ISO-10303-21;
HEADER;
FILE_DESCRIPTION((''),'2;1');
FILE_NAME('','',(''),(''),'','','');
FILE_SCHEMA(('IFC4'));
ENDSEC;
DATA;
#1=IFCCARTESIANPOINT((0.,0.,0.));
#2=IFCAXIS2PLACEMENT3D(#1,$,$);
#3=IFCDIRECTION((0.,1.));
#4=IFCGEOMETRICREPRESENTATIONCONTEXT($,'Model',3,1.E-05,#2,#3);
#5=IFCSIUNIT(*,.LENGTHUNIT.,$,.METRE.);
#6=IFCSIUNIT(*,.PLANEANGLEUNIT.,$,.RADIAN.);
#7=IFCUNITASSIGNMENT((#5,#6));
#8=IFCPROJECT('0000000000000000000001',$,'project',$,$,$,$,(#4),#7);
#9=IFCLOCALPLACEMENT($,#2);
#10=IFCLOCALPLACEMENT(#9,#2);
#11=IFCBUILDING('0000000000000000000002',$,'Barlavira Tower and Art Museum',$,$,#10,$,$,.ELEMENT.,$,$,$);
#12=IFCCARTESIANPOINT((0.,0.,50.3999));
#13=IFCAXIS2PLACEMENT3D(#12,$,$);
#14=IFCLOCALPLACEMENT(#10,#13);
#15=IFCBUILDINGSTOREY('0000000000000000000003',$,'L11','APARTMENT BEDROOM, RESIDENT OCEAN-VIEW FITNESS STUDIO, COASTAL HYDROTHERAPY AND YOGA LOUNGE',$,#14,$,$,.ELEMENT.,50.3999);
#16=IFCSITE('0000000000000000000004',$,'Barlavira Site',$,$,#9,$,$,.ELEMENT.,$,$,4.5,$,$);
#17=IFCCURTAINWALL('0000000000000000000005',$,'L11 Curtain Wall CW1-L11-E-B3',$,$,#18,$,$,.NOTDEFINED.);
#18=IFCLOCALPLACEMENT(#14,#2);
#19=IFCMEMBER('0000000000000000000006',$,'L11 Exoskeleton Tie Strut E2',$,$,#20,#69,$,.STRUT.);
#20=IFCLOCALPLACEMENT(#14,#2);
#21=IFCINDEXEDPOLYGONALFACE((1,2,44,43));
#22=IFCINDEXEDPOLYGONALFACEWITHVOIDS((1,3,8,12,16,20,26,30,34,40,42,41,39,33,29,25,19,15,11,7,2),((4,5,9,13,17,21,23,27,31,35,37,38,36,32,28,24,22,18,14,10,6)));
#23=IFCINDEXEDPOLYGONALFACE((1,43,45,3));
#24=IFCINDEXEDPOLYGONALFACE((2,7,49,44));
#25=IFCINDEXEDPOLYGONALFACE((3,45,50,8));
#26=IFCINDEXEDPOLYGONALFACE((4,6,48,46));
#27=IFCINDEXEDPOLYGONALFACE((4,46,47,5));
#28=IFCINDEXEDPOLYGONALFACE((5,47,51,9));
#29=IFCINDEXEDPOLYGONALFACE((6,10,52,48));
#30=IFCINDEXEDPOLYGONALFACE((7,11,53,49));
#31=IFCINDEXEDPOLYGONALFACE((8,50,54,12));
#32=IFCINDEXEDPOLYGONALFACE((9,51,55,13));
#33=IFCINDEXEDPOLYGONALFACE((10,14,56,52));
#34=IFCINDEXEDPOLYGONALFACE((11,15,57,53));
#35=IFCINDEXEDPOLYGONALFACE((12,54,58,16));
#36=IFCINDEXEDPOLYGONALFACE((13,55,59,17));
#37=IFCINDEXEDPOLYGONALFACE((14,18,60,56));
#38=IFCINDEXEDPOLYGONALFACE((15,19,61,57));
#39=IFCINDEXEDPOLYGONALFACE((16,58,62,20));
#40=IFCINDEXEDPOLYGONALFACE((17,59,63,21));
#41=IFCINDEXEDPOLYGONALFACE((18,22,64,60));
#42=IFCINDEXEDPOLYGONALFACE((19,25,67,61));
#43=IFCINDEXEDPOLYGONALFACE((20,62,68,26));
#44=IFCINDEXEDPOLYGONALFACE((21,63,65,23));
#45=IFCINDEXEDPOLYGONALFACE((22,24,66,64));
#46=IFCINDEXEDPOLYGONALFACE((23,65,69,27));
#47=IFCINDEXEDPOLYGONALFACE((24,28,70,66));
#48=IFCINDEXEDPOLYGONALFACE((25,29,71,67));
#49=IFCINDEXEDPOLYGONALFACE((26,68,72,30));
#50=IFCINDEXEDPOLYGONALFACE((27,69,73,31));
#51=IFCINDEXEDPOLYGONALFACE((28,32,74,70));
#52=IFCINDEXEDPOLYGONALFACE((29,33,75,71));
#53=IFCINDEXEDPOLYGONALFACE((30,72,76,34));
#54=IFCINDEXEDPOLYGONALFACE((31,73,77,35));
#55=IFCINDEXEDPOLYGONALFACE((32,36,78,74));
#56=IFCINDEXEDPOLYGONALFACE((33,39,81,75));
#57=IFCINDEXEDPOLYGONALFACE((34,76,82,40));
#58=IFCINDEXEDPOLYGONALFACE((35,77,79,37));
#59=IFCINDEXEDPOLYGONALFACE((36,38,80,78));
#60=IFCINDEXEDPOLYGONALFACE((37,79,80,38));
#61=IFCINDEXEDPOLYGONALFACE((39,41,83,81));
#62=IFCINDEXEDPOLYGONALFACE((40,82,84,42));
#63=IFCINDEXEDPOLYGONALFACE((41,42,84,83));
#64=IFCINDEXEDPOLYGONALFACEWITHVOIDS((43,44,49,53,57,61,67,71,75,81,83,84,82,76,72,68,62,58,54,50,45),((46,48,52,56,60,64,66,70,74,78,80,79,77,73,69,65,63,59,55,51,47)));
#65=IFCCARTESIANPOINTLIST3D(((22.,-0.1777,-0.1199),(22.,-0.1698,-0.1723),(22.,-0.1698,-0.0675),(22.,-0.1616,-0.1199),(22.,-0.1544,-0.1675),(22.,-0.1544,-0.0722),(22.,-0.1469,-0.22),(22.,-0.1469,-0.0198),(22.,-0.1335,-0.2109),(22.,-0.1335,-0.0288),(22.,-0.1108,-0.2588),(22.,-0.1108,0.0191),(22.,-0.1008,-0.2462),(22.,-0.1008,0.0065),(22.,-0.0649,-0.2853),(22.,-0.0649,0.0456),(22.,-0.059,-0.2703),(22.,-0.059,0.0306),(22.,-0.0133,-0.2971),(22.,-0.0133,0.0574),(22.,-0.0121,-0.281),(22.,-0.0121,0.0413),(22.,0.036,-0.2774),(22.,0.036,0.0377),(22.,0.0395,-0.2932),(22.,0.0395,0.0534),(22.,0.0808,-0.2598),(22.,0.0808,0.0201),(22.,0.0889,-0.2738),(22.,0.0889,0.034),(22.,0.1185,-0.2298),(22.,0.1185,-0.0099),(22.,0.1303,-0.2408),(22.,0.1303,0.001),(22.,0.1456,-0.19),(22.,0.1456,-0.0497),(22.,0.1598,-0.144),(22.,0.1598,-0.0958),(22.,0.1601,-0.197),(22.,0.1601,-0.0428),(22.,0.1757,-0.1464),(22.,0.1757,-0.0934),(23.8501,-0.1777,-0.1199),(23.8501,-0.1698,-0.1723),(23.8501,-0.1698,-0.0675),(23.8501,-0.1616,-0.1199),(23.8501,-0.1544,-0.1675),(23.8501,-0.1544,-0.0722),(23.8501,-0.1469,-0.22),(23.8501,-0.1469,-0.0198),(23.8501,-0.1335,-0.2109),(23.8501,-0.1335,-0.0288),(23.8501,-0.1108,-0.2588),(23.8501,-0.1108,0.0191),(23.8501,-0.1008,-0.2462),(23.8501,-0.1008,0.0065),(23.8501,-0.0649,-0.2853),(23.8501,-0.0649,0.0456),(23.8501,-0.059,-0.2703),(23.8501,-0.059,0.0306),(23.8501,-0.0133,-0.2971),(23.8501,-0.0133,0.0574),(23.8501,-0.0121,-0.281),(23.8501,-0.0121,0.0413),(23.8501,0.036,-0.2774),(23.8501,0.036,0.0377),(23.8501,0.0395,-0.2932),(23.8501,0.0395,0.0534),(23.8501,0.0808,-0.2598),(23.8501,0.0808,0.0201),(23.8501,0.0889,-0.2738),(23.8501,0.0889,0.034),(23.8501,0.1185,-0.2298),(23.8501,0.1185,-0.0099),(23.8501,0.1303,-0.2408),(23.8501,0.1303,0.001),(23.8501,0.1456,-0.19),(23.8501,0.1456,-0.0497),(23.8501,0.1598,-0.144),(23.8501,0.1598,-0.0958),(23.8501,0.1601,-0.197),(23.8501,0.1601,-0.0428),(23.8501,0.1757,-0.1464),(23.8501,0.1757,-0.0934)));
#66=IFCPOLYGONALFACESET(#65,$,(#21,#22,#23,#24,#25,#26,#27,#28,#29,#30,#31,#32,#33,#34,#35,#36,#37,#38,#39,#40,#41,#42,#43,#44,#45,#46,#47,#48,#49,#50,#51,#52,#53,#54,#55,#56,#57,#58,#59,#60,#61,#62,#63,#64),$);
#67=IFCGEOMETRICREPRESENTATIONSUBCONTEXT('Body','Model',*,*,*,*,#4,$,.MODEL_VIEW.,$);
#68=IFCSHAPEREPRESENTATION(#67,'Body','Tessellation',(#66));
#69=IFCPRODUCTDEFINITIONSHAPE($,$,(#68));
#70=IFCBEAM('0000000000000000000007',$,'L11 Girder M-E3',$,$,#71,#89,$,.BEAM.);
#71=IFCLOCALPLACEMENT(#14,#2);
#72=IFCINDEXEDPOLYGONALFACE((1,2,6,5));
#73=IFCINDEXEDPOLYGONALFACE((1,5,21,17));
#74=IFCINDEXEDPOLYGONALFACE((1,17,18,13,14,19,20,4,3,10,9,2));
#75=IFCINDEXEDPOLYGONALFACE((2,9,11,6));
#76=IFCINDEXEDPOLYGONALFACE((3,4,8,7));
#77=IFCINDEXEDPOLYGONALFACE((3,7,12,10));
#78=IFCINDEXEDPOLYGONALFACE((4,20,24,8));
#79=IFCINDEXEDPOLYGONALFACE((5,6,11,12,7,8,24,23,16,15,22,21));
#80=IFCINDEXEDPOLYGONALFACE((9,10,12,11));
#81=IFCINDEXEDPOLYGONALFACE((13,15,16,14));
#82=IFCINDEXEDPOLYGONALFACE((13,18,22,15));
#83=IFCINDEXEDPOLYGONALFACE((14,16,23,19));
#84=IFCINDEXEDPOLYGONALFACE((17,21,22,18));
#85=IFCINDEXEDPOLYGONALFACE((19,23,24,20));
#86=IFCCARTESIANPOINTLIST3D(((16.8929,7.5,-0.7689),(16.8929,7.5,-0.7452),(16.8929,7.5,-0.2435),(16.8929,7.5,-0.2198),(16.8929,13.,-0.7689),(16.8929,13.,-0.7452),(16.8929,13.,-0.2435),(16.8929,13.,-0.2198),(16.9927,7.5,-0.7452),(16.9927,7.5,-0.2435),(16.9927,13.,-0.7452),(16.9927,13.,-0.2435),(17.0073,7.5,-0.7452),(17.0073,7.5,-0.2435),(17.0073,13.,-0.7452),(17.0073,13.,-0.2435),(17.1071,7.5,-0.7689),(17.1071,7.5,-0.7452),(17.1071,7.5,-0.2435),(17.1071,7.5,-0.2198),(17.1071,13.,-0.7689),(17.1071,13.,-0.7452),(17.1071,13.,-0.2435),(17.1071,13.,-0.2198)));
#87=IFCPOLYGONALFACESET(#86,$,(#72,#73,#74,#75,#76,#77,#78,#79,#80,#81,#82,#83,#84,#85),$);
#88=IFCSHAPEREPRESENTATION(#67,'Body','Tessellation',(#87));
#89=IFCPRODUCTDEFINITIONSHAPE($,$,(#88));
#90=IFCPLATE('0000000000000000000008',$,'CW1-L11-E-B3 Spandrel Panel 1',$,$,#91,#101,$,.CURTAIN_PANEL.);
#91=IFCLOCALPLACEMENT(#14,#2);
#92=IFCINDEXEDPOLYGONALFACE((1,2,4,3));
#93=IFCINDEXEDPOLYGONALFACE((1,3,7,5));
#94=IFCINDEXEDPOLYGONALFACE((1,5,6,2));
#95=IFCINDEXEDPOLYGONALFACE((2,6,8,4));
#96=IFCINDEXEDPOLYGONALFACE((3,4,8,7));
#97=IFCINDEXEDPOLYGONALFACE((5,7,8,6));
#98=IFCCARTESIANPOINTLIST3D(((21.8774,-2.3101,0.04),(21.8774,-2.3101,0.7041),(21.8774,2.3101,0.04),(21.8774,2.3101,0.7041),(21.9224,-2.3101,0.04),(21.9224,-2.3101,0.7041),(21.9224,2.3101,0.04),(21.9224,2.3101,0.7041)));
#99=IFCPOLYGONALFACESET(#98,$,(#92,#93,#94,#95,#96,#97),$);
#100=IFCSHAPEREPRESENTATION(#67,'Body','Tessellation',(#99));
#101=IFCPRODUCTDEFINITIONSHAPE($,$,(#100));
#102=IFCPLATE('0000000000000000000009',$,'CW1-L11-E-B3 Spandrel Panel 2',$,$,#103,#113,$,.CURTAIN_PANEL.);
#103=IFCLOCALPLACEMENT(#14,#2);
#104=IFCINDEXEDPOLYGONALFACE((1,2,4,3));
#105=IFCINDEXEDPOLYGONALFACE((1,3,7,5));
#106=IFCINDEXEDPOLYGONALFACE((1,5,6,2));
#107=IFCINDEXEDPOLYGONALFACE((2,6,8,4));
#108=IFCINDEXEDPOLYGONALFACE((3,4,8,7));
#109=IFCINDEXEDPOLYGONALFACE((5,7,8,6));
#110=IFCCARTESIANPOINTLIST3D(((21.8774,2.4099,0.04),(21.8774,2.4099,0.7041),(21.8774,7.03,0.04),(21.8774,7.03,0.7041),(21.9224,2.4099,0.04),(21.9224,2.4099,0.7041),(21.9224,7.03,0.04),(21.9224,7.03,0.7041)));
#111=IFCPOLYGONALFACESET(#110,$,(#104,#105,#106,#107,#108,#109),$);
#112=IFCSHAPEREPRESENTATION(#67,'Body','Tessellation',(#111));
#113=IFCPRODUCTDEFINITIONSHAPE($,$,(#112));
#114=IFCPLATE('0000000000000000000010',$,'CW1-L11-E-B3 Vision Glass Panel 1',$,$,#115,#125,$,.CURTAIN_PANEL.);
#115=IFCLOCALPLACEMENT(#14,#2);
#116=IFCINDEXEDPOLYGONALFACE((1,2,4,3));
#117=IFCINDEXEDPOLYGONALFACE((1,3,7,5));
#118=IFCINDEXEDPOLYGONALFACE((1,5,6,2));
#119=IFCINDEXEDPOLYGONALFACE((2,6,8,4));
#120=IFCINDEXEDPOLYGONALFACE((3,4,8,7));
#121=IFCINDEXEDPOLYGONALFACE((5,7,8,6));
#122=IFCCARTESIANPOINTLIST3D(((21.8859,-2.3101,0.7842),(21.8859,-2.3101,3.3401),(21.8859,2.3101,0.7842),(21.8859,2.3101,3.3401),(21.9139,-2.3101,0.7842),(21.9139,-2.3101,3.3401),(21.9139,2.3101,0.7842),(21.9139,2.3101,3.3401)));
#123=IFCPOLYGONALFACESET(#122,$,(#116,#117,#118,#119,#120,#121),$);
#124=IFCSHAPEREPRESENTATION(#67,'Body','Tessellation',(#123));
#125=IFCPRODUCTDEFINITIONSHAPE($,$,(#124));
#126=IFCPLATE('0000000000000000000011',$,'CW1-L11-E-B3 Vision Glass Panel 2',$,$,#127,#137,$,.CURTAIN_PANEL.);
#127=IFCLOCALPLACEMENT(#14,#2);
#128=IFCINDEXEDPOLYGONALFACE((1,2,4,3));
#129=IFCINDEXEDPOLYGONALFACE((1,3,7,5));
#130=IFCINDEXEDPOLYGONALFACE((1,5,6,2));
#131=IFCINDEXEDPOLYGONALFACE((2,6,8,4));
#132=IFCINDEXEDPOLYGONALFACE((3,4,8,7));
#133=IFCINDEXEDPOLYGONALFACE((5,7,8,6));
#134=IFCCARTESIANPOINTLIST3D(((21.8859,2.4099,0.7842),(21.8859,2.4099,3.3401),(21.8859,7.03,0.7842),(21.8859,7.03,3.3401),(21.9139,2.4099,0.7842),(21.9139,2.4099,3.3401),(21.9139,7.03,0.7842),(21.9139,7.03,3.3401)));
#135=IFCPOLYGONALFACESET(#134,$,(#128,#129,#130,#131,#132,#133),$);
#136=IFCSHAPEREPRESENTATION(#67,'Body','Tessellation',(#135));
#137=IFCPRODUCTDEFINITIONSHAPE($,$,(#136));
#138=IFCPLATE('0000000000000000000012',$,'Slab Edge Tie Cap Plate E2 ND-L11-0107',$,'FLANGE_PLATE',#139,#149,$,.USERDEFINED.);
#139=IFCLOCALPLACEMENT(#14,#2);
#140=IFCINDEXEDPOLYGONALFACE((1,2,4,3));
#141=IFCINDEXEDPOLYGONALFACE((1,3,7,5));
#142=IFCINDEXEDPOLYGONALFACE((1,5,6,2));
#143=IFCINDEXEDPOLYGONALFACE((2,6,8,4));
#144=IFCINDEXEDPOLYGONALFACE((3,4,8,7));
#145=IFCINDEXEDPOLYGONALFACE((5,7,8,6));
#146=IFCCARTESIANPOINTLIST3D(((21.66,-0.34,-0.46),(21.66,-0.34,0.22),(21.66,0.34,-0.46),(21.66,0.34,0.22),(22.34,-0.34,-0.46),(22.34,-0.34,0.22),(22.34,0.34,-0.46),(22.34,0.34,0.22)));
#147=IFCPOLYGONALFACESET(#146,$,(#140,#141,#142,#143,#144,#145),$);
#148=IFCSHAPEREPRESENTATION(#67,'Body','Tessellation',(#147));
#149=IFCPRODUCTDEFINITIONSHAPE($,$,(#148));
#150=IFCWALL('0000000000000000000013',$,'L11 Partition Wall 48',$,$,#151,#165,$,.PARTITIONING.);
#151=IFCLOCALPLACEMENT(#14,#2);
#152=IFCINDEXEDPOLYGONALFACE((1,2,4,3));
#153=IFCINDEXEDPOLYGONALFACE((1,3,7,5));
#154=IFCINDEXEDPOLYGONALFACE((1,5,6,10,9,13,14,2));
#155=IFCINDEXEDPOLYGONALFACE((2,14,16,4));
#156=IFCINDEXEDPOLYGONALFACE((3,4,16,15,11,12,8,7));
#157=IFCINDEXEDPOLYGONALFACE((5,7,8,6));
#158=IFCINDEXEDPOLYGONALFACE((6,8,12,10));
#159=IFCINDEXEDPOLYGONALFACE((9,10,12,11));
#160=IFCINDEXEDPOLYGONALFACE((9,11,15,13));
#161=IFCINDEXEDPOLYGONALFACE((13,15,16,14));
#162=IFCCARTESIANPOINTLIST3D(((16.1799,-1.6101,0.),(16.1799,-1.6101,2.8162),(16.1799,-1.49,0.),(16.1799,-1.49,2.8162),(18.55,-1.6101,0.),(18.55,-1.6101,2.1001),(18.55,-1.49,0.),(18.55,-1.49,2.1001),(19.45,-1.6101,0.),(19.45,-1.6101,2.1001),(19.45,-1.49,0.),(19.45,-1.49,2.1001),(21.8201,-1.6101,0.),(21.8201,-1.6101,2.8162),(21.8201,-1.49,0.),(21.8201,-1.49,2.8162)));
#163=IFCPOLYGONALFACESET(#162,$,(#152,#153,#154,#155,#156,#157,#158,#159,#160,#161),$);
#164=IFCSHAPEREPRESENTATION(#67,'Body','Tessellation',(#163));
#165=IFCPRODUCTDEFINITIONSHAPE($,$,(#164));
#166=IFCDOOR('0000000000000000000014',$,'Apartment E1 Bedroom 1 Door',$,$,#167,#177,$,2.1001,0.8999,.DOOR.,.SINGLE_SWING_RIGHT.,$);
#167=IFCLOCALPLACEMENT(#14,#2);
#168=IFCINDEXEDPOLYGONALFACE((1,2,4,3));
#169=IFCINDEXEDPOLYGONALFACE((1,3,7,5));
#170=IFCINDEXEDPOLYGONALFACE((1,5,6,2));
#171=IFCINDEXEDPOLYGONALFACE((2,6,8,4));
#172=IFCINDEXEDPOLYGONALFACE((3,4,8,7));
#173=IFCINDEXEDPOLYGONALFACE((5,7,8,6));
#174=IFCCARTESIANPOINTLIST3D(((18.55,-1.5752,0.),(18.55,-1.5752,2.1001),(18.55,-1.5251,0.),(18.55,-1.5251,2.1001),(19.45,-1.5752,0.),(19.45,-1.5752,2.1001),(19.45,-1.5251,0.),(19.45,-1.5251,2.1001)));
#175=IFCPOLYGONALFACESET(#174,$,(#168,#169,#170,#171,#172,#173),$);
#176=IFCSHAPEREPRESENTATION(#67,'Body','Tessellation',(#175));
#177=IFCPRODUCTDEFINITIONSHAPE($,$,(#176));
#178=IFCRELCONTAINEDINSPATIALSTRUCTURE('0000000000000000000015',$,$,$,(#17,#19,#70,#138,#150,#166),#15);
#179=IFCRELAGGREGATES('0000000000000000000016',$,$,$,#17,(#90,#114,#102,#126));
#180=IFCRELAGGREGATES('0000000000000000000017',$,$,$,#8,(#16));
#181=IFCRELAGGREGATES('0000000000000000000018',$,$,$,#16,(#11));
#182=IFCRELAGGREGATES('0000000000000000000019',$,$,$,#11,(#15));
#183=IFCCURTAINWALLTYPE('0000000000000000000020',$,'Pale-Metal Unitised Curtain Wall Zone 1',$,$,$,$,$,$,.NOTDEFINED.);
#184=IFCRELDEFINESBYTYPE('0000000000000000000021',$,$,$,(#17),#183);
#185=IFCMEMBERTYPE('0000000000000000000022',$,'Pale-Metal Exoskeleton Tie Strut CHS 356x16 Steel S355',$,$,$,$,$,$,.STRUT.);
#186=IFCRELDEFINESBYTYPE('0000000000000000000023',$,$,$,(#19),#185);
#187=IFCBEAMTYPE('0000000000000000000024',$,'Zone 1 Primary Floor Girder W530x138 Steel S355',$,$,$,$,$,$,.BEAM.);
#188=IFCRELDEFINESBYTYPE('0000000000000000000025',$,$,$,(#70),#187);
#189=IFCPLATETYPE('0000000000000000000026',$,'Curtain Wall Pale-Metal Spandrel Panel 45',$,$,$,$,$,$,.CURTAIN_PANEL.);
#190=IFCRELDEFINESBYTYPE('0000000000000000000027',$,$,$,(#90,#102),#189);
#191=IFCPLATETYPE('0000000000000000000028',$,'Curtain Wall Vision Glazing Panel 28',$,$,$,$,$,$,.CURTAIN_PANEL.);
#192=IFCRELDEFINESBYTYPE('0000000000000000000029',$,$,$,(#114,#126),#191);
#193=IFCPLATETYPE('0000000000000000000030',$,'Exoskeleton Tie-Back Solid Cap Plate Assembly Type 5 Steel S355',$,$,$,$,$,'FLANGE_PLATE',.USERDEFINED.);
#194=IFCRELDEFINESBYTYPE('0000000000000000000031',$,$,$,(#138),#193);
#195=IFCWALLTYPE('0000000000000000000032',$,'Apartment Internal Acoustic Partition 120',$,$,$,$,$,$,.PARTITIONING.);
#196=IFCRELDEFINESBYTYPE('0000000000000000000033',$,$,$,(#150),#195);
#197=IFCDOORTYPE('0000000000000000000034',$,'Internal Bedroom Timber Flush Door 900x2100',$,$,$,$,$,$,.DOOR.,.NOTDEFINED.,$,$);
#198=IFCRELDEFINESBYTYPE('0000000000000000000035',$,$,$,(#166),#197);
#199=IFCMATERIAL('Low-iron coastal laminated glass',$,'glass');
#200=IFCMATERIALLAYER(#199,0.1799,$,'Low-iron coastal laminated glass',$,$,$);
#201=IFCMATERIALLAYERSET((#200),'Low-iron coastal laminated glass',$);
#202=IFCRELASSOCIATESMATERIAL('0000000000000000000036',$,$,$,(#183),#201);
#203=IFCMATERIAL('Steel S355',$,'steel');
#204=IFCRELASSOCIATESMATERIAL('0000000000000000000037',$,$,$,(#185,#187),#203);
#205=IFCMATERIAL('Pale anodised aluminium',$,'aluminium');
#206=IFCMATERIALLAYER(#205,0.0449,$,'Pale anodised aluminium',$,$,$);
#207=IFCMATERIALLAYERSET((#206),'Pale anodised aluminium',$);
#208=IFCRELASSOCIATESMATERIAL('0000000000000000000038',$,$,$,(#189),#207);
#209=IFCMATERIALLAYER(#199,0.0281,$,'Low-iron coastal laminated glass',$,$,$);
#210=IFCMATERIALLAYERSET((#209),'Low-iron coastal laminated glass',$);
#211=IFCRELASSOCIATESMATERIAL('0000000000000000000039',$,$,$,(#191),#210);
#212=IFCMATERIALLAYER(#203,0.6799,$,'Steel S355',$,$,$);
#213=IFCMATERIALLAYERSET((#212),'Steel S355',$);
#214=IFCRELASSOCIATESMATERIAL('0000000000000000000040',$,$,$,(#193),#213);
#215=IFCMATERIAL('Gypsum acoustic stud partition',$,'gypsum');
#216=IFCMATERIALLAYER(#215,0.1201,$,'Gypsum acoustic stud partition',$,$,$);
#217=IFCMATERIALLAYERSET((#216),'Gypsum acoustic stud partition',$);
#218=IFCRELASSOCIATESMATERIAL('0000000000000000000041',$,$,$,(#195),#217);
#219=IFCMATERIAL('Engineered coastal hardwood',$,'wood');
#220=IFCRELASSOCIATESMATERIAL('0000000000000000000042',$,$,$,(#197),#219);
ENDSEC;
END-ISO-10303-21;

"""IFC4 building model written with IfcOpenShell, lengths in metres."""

from ifc_helpers import new_model, si_unit, direction, frame, frame_2d, origin, origin_2d, place, context, subcontext, project, spatial, rectangle, hollow_circle, i_section, extrude, material, layer, layer_set, material_profile, profile_set, type_object, element, fill, aggregate, save


model = new_model("IFC4")

# Units and contexts
model_context = context("Model", 3, precision=1e-05, world=origin(), true_north=direction((0.0, 1.0)))
body_context = subcontext(model_context, "Body", "Model", "MODEL_VIEW")
ifc_project = project(units=[si_unit("LENGTHUNIT", "METRE"), si_unit("PLANEANGLEUNIT", "RADIAN")], contexts=[model_context])

# Site, building, storey
site_placement = place(None, origin())
site = spatial("IfcSite", under=ifc_project, at=site_placement, Name="Barlavira Site", CompositionType="ELEMENT", RefElevation=4.5)
building_placement = place(site_placement, origin())
building = spatial("IfcBuilding", under=site, at=building_placement, Name="Barlavira Tower and Art Museum", CompositionType="ELEMENT")
storey_placement = place(building_placement, frame((0.0, 0.0, 50.3999)))
storey = spatial("IfcBuildingStorey", under=building, at=storey_placement, Name="L11", Description="APARTMENT BEDROOM, RESIDENT OCEAN-VIEW FITNESS STUDIO, COASTAL HYDROTHERAPY AND YOGA LOUNGE", CompositionType="ELEMENT", Elevation=50.3999)

# Curtain wall
ifc_material_1 = material(Name="Low-iron coastal laminated glass", Category="glass")
ifc_layer_1 = layer(ifc_material_1, 0.1799, Name="Low-iron coastal laminated glass")
ifc_layer_set_1 = layer_set([ifc_layer_1], Name="Low-iron coastal laminated glass")
curtain_wall_type = type_object("IfcCurtainWallType", Name="Pale-Metal Unitised Curtain Wall Zone 1", PredefinedType="NOTDEFINED", material=ifc_layer_set_1)
curtain_wall_placement = place(storey_placement, origin())
curtain_wall = element("IfcCurtainWall", 1, at=curtain_wall_placement, inside=storey, type_object=curtain_wall_type, Name="L11 Curtain Wall CW1-L11-E-B3", PredefinedType="NOTDEFINED")
ifc_material_2 = material(Name="Pale anodised aluminium", Category="aluminium")

# Member
ifc_material_3 = material(Name="Steel S355", Category="steel")
ifc_material_profile_1 = material_profile(ifc_material_3, hollow_circle(Radius=0.1777, WallThickness=0.0161, at=origin_2d()), Name="CHS 355.6x16.0")
ifc_profile_set_1 = profile_set([ifc_material_profile_1], Name="Steel S355")
member_type_1 = type_object("IfcMemberType", Name="Pale-Metal Exoskeleton Tie Strut CHS 356x16 Steel S355", PredefinedType="STRUT", material=ifc_profile_set_1)
member_1_placement = place(storey_placement, frame((23.8501, 0.0, -0.1199), z_axis=(-1.0, 0.0, 0.0), x_axis=(0.0, -1.0, 0.0)))
element("IfcMember", 2, at=member_1_placement, inside=storey, type_object=member_type_1, Name="L11 Exoskeleton Tie Strut E2", PredefinedType="STRUT", context=body_context, shape_type="SweptSolid", body=[
    extrude(hollow_circle(Radius=0.1777, WallThickness=0.0161, at=origin_2d()), origin(), (0.0, 0.0, 1.0), 1.8501),
])

# Beam
ifc_material_profile_2 = material_profile(ifc_material_3, i_section(OverallWidth=0.2141, OverallDepth=0.5491, WebThickness=0.0146, FlangeThickness=0.0237, at=origin_2d()), Name="W530x138.0")
ifc_profile_set_2 = profile_set([ifc_material_profile_2], Name="Steel S355")
beam_type = type_object("IfcBeamType", Name="Zone 1 Primary Floor Girder W530x138 Steel S355", PredefinedType="BEAM", material=ifc_profile_set_2)
beam_placement = place(storey_placement, frame((17.0, 7.5, -0.4944), z_axis=(0.0, 1.0, 0.0), x_axis=(-1.0, 0.0, 0.0)))
element("IfcBeam", 3, at=beam_placement, inside=storey, type_object=beam_type, Name="L11 Girder M-E3", PredefinedType="BEAM", context=body_context, shape_type="SweptSolid", body=[
    extrude(i_section(OverallWidth=0.2141, OverallDepth=0.5491, WebThickness=0.0146, FlangeThickness=0.0237, at=origin_2d()), origin(), (0.0, 0.0, 1.0), 5.5),
])

# Plates
ifc_layer_2 = layer(ifc_material_2, 0.0449, Name="Pale anodised aluminium")
ifc_layer_set_2 = layer_set([ifc_layer_2], Name="Pale anodised aluminium")
plate_type_1 = type_object("IfcPlateType", Name="Curtain Wall Pale-Metal Spandrel Panel 45", PredefinedType="CURTAIN_PANEL", material=ifc_layer_set_2)
plate_1_placement = place(storey_placement, frame((21.8999, 0.0, 0.04), z_axis=(0.0, 0.0, 1.0), x_axis=(0.0, 1.0, 0.0)))
plate_1 = element("IfcPlate", 4, at=plate_1_placement, type_object=plate_type_1, Name="CW1-L11-E-B3 Spandrel Panel 1", PredefinedType="CURTAIN_PANEL", context=body_context, shape_type="SweptSolid", body=[
    extrude(rectangle(XDim=4.6201, YDim=0.0449, at=origin_2d()), origin(), (0.0, 0.0, 1.0), 0.6641),
])
plate_2_placement = place(storey_placement, frame((21.8999, 4.72, 0.04), z_axis=(0.0, 0.0, 1.0), x_axis=(0.0, 1.0, 0.0)))
plate_2 = element("IfcPlate", 5, at=plate_2_placement, type_object=plate_type_1, Name="CW1-L11-E-B3 Spandrel Panel 2", PredefinedType="CURTAIN_PANEL", context=body_context, shape_type="SweptSolid", body=[
    extrude(rectangle(XDim=4.6201, YDim=0.0449, at=origin_2d()), origin(), (0.0, 0.0, 1.0), 0.6641),
])
ifc_layer_3 = layer(ifc_material_1, 0.0281, Name="Low-iron coastal laminated glass")
ifc_layer_set_3 = layer_set([ifc_layer_3], Name="Low-iron coastal laminated glass")
plate_type_2 = type_object("IfcPlateType", Name="Curtain Wall Vision Glazing Panel 28", PredefinedType="CURTAIN_PANEL", material=ifc_layer_set_3)
plate_3_placement = place(storey_placement, frame((21.8999, 0.0, 0.7842), z_axis=(0.0, 0.0, 1.0), x_axis=(0.0, 1.0, 0.0)))
plate_3 = element("IfcPlate", 6, at=plate_3_placement, type_object=plate_type_2, Name="CW1-L11-E-B3 Vision Glass Panel 1", PredefinedType="CURTAIN_PANEL", context=body_context, shape_type="SweptSolid", body=[
    extrude(rectangle(XDim=4.6201, YDim=0.0281, at=origin_2d()), origin(), (0.0, 0.0, 1.0), 2.5559),
])
plate_4_placement = place(storey_placement, frame((21.8999, 4.72, 0.7842), z_axis=(0.0, 0.0, 1.0), x_axis=(0.0, 1.0, 0.0)))
plate_4 = element("IfcPlate", 7, at=plate_4_placement, type_object=plate_type_2, Name="CW1-L11-E-B3 Vision Glass Panel 2", PredefinedType="CURTAIN_PANEL", context=body_context, shape_type="SweptSolid", body=[
    extrude(rectangle(XDim=4.6201, YDim=0.0281, at=origin_2d()), origin(), (0.0, 0.0, 1.0), 2.5559),
])
aggregate(curtain_wall, [plate_1, plate_3, plate_2, plate_4])
ifc_layer_4 = layer(ifc_material_3, 0.6799, Name="Steel S355")
ifc_layer_set_4 = layer_set([ifc_layer_4], Name="Steel S355")
plate_type_3 = type_object("IfcPlateType", Name="Exoskeleton Tie-Back Solid Cap Plate Assembly Type 5 Steel S355", ElementType="FLANGE_PLATE", PredefinedType="USERDEFINED", material=ifc_layer_set_4)
plate_5_placement = place(storey_placement, frame((22.0, 0.0, -0.46), z_axis=(0.0, 0.0, 1.0), x_axis=(1.0, 0.0, 0.0)))
element("IfcPlate", 8, at=plate_5_placement, inside=storey, type_object=plate_type_3, Name="Slab Edge Tie Cap Plate E2 ND-L11-0107", ObjectType="FLANGE_PLATE", PredefinedType="USERDEFINED", context=body_context, shape_type="SweptSolid", body=[
    extrude(rectangle(XDim=0.6799, YDim=0.6799, at=origin_2d()), origin(), (0.0, 0.0, 1.0), 0.6799),
])

# Wall, opening, door
ifc_material_4 = material(Name="Gypsum acoustic stud partition", Category="gypsum")
ifc_layer_5 = layer(ifc_material_4, 0.1201, Name="Gypsum acoustic stud partition")
ifc_layer_set_5 = layer_set([ifc_layer_5], Name="Gypsum acoustic stud partition")
wall_type_1 = type_object("IfcWallType", Name="Apartment Internal Acoustic Partition 120", PredefinedType="PARTITIONING", material=ifc_layer_set_5)
wall_1_placement = place(storey_placement, frame((16.1799, -1.55, 0.0), z_axis=(0.0, 0.0, 1.0), x_axis=(1.0, 0.0, 0.0)))
wall_1 = element("IfcWall", 9, at=wall_1_placement, inside=storey, type_object=wall_type_1, Name="L11 Partition Wall 48", PredefinedType="PARTITIONING", context=body_context, shape_type="SweptSolid", body=[
    extrude(rectangle(XDim=5.6401, YDim=0.1201, at=frame_2d((2.8201, 0.0))), origin(), (0.0, 0.0, 1.0), 2.8162),
])
opening_1_placement = place(wall_1_placement, frame((2.3701, 0.0, 0.0)))
opening_1 = element("IfcOpeningElement", 10, at=opening_1_placement, cuts=wall_1, PredefinedType="OPENING", context=body_context, shape_type="SweptSolid", body=[
    extrude(rectangle(XDim=0.8999, YDim=2.1001, at=frame_2d((0.45, 1.05))), frame((0.0, 0.0701, 0.0), z_axis=(0.0, -1.0, 0.0), x_axis=(1.0, 0.0, 0.0)), (0.0, 0.0, 1.0), 0.1401),
])
ifc_material_5 = material(Name="Engineered coastal hardwood", Category="wood")
door_type = type_object("IfcDoorType", Name="Internal Bedroom Timber Flush Door 900x2100", OperationType="NOTDEFINED", PredefinedType="DOOR", material=ifc_material_5)
door_1_placement = place(opening_1_placement, origin())
door_1 = element("IfcDoor", 11, at=door_1_placement, inside=storey, type_object=door_type, Name="Apartment E1 Bedroom 1 Door", OperationType="SINGLE_SWING_RIGHT", OverallHeight=2.1001, OverallWidth=0.8999, PredefinedType="DOOR", context=body_context, shape_type="SweptSolid", body=[
    extrude(rectangle(XDim=0.8999, YDim=2.1001, at=frame_2d((0.45, 1.05))), frame((0.0, 0.0249, 0.0), z_axis=(0.0, -1.0, 0.0), x_axis=(1.0, 0.0, 0.0)), (0.0, 0.0, 1.0), 0.05),
])
fill(opening_1, door_1)

save(model, "model.ifc")
